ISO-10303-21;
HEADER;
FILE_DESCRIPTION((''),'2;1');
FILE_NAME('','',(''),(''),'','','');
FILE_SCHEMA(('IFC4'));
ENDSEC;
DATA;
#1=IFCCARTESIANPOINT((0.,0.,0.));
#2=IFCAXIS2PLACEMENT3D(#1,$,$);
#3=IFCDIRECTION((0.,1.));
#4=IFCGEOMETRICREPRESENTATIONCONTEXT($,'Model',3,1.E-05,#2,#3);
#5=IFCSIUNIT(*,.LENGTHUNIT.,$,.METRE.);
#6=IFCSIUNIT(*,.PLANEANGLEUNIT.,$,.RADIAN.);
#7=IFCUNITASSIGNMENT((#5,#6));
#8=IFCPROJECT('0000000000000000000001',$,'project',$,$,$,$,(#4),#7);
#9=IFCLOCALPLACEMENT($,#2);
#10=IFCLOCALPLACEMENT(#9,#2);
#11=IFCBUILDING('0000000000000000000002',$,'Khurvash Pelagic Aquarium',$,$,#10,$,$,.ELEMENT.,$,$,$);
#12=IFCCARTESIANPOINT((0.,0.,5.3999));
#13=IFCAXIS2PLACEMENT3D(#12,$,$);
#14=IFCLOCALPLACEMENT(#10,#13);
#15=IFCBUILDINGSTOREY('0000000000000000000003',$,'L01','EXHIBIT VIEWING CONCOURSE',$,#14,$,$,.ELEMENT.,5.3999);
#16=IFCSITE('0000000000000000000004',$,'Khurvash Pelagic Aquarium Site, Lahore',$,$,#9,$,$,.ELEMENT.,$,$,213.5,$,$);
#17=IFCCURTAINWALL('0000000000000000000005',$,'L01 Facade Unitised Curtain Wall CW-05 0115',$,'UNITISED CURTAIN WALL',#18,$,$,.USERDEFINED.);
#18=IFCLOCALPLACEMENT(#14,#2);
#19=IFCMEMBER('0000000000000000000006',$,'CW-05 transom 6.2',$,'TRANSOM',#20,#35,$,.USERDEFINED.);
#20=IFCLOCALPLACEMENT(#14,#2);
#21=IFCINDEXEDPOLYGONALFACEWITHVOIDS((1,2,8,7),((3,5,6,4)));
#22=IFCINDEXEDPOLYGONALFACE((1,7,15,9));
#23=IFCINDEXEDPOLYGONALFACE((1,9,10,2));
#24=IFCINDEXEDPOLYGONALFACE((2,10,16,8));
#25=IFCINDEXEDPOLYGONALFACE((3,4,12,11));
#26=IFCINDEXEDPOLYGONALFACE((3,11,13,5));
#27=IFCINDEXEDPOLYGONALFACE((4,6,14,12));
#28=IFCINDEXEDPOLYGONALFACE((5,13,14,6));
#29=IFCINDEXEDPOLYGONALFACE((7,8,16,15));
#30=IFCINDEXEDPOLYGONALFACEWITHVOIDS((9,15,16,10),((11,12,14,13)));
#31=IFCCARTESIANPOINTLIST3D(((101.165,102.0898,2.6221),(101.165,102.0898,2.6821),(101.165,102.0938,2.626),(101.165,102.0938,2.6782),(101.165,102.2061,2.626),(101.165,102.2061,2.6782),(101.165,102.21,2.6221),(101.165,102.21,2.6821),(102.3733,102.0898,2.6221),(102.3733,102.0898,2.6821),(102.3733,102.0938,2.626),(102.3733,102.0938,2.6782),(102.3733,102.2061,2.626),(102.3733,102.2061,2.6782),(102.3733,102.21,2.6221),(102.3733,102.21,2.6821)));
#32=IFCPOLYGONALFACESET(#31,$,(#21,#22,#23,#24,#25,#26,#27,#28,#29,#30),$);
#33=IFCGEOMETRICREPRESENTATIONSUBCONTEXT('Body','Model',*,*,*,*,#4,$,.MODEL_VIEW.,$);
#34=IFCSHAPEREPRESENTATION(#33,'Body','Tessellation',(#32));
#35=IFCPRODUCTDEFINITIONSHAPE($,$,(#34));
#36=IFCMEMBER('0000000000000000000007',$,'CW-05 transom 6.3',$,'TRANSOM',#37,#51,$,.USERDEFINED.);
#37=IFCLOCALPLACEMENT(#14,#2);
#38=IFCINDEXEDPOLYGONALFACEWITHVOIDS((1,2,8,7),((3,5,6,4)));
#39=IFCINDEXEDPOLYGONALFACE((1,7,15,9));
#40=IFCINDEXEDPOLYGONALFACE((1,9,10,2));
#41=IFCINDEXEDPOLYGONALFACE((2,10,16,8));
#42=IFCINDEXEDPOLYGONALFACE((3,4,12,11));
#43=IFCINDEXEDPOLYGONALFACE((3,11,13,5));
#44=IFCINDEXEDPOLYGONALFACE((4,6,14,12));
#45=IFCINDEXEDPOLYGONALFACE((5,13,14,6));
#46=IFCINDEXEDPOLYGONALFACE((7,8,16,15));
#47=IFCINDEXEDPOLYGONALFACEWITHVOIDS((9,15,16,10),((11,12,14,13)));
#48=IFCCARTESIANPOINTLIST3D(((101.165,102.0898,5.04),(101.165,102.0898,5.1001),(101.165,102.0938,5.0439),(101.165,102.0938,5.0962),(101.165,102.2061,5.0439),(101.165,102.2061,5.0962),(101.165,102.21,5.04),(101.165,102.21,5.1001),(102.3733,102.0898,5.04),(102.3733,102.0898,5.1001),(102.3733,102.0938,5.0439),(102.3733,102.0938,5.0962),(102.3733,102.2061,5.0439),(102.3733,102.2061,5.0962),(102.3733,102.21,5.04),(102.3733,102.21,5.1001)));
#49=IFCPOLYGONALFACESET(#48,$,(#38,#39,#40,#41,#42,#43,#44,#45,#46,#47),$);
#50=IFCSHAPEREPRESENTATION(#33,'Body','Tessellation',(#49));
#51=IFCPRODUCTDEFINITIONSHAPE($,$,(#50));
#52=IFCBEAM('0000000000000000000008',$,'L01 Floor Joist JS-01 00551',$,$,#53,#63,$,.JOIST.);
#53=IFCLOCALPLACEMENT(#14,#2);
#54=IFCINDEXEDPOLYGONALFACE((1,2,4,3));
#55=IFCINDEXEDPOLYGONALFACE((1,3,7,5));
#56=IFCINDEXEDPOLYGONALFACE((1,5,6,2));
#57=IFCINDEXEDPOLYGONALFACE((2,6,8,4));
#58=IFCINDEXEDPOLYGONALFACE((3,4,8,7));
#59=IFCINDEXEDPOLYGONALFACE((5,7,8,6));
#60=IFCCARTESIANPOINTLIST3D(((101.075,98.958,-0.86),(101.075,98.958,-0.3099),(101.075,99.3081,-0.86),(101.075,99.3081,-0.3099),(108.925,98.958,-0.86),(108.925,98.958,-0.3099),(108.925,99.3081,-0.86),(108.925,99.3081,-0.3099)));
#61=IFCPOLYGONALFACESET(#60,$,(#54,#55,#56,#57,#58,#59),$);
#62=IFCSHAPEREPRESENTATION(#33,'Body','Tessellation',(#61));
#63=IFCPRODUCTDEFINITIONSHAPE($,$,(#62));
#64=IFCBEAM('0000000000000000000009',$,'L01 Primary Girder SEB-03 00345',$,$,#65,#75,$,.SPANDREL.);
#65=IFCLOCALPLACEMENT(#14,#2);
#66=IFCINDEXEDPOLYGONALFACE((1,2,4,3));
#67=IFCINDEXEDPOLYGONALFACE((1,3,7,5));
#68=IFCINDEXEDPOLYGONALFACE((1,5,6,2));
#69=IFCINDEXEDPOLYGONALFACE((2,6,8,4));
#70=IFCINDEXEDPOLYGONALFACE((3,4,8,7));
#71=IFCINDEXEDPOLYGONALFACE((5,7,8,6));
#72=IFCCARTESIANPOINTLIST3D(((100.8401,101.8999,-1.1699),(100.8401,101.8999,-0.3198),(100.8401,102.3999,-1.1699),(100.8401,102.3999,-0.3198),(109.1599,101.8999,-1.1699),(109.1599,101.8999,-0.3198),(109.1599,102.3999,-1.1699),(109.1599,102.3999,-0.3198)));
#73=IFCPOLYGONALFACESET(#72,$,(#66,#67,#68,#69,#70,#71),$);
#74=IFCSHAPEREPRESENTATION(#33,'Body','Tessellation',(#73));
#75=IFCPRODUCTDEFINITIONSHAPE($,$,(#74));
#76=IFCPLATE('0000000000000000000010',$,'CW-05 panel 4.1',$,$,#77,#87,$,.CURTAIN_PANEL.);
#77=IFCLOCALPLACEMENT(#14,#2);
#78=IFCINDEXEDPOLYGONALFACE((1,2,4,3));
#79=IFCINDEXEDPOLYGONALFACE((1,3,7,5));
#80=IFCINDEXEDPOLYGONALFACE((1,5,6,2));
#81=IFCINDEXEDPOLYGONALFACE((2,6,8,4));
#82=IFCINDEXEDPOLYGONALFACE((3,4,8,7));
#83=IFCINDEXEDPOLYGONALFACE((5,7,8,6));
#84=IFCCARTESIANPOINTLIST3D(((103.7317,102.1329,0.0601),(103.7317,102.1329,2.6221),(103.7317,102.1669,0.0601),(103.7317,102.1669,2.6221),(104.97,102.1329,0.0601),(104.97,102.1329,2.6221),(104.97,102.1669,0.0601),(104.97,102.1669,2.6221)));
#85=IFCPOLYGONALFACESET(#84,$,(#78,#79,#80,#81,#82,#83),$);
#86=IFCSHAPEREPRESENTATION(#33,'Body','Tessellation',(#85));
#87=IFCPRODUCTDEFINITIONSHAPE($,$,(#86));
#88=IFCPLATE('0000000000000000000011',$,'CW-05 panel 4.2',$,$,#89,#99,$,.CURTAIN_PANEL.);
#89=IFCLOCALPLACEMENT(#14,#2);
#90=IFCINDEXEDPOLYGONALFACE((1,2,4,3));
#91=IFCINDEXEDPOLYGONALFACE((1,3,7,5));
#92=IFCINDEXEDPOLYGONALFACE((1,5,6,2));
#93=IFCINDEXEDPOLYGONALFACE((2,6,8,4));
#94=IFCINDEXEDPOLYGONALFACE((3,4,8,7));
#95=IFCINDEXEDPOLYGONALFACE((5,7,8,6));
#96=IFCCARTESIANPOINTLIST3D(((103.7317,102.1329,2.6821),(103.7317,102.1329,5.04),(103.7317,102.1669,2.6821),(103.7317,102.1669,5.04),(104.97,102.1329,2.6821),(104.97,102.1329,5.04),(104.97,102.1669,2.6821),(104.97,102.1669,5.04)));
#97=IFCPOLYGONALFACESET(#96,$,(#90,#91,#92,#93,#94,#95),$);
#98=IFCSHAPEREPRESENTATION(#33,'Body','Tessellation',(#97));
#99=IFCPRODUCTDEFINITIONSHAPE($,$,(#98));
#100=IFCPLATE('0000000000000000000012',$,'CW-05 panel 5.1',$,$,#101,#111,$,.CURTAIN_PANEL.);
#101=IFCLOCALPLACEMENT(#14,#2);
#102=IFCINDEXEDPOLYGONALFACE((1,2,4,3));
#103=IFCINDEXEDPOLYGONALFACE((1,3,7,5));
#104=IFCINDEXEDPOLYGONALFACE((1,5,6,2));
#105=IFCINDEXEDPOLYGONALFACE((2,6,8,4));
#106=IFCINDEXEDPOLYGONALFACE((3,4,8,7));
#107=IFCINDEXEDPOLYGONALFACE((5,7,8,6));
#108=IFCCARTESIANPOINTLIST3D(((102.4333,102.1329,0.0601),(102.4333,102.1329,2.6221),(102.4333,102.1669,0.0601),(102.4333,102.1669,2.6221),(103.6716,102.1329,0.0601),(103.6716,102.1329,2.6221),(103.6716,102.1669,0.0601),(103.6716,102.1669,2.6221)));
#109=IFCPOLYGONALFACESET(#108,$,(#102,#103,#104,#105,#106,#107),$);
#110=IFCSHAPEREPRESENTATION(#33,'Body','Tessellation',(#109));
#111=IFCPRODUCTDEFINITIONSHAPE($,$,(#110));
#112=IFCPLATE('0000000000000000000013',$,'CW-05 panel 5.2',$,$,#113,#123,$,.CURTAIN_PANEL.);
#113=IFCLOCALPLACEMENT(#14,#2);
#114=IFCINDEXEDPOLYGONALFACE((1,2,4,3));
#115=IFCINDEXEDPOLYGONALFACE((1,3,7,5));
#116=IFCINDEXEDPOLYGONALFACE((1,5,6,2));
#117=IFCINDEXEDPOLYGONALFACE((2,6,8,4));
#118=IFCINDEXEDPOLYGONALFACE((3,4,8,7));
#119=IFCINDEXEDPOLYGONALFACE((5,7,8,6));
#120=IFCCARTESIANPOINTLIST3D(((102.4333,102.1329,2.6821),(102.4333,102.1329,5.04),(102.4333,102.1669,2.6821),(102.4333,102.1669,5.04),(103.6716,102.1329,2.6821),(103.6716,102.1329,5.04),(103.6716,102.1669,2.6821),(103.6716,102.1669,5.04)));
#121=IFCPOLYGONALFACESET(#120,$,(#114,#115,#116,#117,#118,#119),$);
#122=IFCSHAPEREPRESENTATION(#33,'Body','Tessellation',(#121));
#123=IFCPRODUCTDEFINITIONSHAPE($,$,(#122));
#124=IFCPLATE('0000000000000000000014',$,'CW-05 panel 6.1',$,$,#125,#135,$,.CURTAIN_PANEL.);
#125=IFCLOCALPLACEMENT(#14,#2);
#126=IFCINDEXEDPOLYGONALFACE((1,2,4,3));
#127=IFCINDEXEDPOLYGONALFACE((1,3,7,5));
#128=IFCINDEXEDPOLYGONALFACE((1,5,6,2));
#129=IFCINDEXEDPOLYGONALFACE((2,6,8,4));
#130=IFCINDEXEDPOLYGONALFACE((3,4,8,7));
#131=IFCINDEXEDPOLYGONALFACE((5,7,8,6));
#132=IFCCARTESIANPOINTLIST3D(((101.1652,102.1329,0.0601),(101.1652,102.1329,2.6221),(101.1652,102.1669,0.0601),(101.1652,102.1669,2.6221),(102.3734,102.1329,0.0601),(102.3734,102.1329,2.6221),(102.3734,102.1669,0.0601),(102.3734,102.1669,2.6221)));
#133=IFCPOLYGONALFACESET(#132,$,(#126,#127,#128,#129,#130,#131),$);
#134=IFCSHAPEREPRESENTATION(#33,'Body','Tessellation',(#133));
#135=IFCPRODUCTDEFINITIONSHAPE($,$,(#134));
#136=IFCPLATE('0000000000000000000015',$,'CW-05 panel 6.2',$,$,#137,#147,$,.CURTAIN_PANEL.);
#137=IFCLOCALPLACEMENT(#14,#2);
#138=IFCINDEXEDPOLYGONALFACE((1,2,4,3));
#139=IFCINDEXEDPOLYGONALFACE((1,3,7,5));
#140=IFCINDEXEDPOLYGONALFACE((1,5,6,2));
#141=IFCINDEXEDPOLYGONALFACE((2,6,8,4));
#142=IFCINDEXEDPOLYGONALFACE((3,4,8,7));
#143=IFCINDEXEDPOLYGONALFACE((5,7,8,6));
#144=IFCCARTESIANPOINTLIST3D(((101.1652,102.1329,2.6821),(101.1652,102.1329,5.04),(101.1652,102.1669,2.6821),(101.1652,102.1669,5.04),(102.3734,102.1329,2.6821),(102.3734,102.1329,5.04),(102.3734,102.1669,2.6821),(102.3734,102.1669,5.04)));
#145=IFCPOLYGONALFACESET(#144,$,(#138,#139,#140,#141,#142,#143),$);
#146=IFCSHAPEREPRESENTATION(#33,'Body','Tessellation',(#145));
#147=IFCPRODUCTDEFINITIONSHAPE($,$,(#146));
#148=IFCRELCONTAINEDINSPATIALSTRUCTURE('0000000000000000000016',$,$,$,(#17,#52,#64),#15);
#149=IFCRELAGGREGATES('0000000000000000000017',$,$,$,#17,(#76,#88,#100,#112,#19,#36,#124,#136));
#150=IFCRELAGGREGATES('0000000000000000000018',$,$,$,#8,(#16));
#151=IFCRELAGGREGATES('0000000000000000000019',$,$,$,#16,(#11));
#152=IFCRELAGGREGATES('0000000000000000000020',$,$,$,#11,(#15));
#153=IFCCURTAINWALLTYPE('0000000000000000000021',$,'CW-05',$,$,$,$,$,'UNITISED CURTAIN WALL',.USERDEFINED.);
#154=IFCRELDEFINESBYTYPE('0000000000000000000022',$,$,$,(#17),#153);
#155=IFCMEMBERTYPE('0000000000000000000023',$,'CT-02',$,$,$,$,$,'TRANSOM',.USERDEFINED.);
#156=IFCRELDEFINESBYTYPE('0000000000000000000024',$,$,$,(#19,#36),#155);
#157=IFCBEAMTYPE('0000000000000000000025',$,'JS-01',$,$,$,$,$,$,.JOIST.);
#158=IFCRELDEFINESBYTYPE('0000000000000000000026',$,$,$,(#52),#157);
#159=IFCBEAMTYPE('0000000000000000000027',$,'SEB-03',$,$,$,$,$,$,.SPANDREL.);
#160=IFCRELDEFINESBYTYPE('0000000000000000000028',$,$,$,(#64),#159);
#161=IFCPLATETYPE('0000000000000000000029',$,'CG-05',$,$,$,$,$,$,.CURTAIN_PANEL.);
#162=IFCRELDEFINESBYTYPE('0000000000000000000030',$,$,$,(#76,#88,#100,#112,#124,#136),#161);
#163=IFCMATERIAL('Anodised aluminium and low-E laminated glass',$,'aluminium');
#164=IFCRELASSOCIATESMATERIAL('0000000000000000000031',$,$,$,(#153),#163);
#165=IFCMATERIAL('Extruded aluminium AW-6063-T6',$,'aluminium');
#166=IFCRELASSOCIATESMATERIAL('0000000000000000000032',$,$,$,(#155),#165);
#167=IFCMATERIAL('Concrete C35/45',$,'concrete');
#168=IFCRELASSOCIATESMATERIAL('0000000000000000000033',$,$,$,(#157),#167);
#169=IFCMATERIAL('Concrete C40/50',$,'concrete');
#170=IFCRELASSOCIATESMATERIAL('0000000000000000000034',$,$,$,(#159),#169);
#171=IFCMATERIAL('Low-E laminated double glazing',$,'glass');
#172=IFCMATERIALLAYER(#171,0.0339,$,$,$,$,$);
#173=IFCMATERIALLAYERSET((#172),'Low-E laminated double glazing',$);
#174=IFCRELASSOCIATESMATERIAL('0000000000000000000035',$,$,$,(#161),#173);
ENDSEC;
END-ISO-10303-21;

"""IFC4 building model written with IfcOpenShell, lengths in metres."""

from ifc_helpers import new_model, si_unit, direction, frame, origin, origin_2d, place, context, subcontext, project, spatial, rectangle, hollow_rectangle, extrude, material, layer, layer_set, material_profile, profile_set, type_object, element, aggregate, save


model = new_model("IFC4")

# Units and contexts
model_context = context("Model", 3, precision=1e-05, world=origin(), true_north=direction((0.0, 1.0)))
body_context = subcontext(model_context, "Body", "Model", "MODEL_VIEW")
ifc_project = project(units=[si_unit("LENGTHUNIT", "METRE"), si_unit("PLANEANGLEUNIT", "RADIAN")], contexts=[model_context])

# Site, building, storey
site_placement = place(None, origin())
site = spatial("IfcSite", under=ifc_project, at=site_placement, Name="Khurvash Pelagic Aquarium Site, Lahore", CompositionType="ELEMENT", RefElevation=213.5)
building_placement = place(site_placement, origin())
building = spatial("IfcBuilding", under=site, at=building_placement, Name="Khurvash Pelagic Aquarium", CompositionType="ELEMENT")
storey_placement = place(building_placement, frame((0.0, 0.0, 5.3999)))
storey = spatial("IfcBuildingStorey", under=building, at=storey_placement, Name="L01", Description="EXHIBIT VIEWING CONCOURSE", CompositionType="ELEMENT", Elevation=5.3999)

# Shared definitions
ifc_material_1 = material(Name="Concrete C40/50", Category="concrete")

# Curtain wall, members
ifc_material_2 = material(Name="Anodised aluminium and low-E laminated glass", Category="aluminium")
curtain_wall_type = type_object("IfcCurtainWallType", Name="CW-05", ElementType="UNITISED CURTAIN WALL", PredefinedType="USERDEFINED", material=ifc_material_2)
curtain_wall_placement = place(storey_placement, origin())
curtain_wall = element("IfcCurtainWall", 1, at=curtain_wall_placement, inside=storey, type_object=curtain_wall_type, Name="L01 Facade Unitised Curtain Wall CW-05 0115", ObjectType="UNITISED CURTAIN WALL", PredefinedType="USERDEFINED")
ifc_material_3 = material(Name="Extruded aluminium AW-6063-T6", Category="aluminium")
ifc_material_profile_1 = material_profile(ifc_material_3, hollow_rectangle(XDim=0.1201, YDim=0.0601, WallThickness=0.0039, at=origin_2d()), Name="CWT120X60X4")
ifc_profile_set_1 = profile_set([ifc_material_profile_1], Name="Extruded aluminium AW-6063-T6")
member_type_1 = type_object("IfcMemberType", Name="CT-02", ElementType="TRANSOM", PredefinedType="USERDEFINED", material=ifc_profile_set_1)
member_1_placement = place(storey_placement, frame((102.3733, 102.1499, 2.6521), z_axis=(-1.0, 0.0, 0.0), x_axis=(0.0, -1.0, 0.0)))
member_1 = element("IfcMember", 2, at=member_1_placement, type_object=member_type_1, Name="CW-05 transom 6.2", ObjectType="TRANSOM", PredefinedType="USERDEFINED", context=body_context, shape_type="SweptSolid", body=[
    extrude(hollow_rectangle(XDim=0.1201, YDim=0.0601, WallThickness=0.0039, at=origin_2d()), origin(), (0.0, 0.0, 1.0), 1.2083),
])
member_2_placement = place(storey_placement, frame((102.3733, 102.1499, 5.0701), z_axis=(-1.0, 0.0, 0.0), x_axis=(0.0, -1.0, 0.0)))
member_2 = element("IfcMember", 3, at=member_2_placement, type_object=member_type_1, Name="CW-05 transom 6.3", ObjectType="TRANSOM", PredefinedType="USERDEFINED", context=body_context, shape_type="SweptSolid", body=[
    extrude(hollow_rectangle(XDim=0.1201, YDim=0.0601, WallThickness=0.0039, at=origin_2d()), origin(), (0.0, 0.0, 1.0), 1.2083),
])

# Beams
ifc_material_4 = material(Name="Concrete C35/45", Category="concrete")
ifc_material_profile_2 = material_profile(ifc_material_4, rectangle(XDim=0.3501, YDim=0.55, at=origin_2d()), Name="RC350X550")
ifc_profile_set_2 = profile_set([ifc_material_profile_2], Name="Concrete C35/45")
beam_type_1 = type_object("IfcBeamType", Name="JS-01", PredefinedType="JOIST", material=ifc_profile_set_2)
beam_1_placement = place(storey_placement, frame((101.075, 99.1331, -0.585), z_axis=(1.0, 0.0, 0.0), x_axis=(0.0, 1.0, 0.0)))
element("IfcBeam", 4, at=beam_1_placement, inside=storey, type_object=beam_type_1, Name="L01 Floor Joist JS-01 00551", PredefinedType="JOIST", context=body_context, shape_type="SweptSolid", body=[
    extrude(rectangle(XDim=0.3501, YDim=0.55, at=origin_2d()), origin(), (0.0, 0.0, 1.0), 7.8501),
])
ifc_material_profile_3 = material_profile(ifc_material_1, rectangle(XDim=0.5, YDim=0.8501, at=origin_2d()), Name="RC500X850")
ifc_profile_set_3 = profile_set([ifc_material_profile_3], Name="Concrete C40/50")
beam_type_2 = type_object("IfcBeamType", Name="SEB-03", PredefinedType="SPANDREL", material=ifc_profile_set_3)
beam_2_placement = place(storey_placement, frame((100.8401, 102.1499, -0.7449), z_axis=(1.0, 0.0, 0.0), x_axis=(0.0, 1.0, 0.0)))
element("IfcBeam", 5, at=beam_2_placement, inside=storey, type_object=beam_type_2, Name="L01 Primary Girder SEB-03 00345", PredefinedType="SPANDREL", context=body_context, shape_type="SweptSolid", body=[
    extrude(rectangle(XDim=0.5, YDim=0.8501, at=origin_2d()), origin(), (0.0, 0.0, 1.0), 8.3198),
])

# Plates
ifc_material_5 = material(Name="Low-E laminated double glazing", Category="glass")
ifc_layer = layer(ifc_material_5, 0.0339)
ifc_layer_set = layer_set([ifc_layer], Name="Low-E laminated double glazing")
plate_type = type_object("IfcPlateType", Name="CG-05", PredefinedType="CURTAIN_PANEL", material=ifc_layer_set)
plate_1_placement = place(storey_placement, frame((104.3508, 102.1499, 0.0601), z_axis=(0.0, 0.0, 1.0), x_axis=(-1.0, 0.0, 0.0)))
plate_1 = element("IfcPlate", 6, at=plate_1_placement, type_object=plate_type, Name="CW-05 panel 4.1", PredefinedType="CURTAIN_PANEL", context=body_context, shape_type="SweptSolid", body=[
    extrude(rectangle(XDim=1.2383, YDim=0.0339, at=origin_2d()), origin(), (0.0, 0.0, 1.0), 2.562),
])
plate_2_placement = place(storey_placement, frame((104.3508, 102.1499, 2.6821), z_axis=(0.0, 0.0, 1.0), x_axis=(-1.0, 0.0, 0.0)))
plate_2 = element("IfcPlate", 7, at=plate_2_placement, type_object=plate_type, Name="CW-05 panel 4.2", PredefinedType="CURTAIN_PANEL", context=body_context, shape_type="SweptSolid", body=[
    extrude(rectangle(XDim=1.2383, YDim=0.0339, at=origin_2d()), origin(), (0.0, 0.0, 1.0), 2.3579),
])
plate_3_placement = place(storey_placement, frame((103.0525, 102.1499, 0.0601), z_axis=(0.0, 0.0, 1.0), x_axis=(-1.0, 0.0, 0.0)))
plate_3 = element("IfcPlate", 8, at=plate_3_placement, type_object=plate_type, Name="CW-05 panel 5.1", PredefinedType="CURTAIN_PANEL", context=body_context, shape_type="SweptSolid", body=[
    extrude(rectangle(XDim=1.2383, YDim=0.0339, at=origin_2d()), origin(), (0.0, 0.0, 1.0), 2.562),
])
plate_4_placement = place(storey_placement, frame((103.0525, 102.1499, 2.6821), z_axis=(0.0, 0.0, 1.0), x_axis=(-1.0, 0.0, 0.0)))
plate_4 = element("IfcPlate", 9, at=plate_4_placement, type_object=plate_type, Name="CW-05 panel 5.2", PredefinedType="CURTAIN_PANEL", context=body_context, shape_type="SweptSolid", body=[
    extrude(rectangle(XDim=1.2383, YDim=0.0339, at=origin_2d()), origin(), (0.0, 0.0, 1.0), 2.3579),
])
plate_5_placement = place(storey_placement, frame((101.7693, 102.1499, 0.0601), z_axis=(0.0, 0.0, 1.0), x_axis=(-1.0, 0.0, 0.0)))
plate_5 = element("IfcPlate", 10, at=plate_5_placement, type_object=plate_type, Name="CW-05 panel 6.1", PredefinedType="CURTAIN_PANEL", context=body_context, shape_type="SweptSolid", body=[
    extrude(rectangle(XDim=1.2083, YDim=0.0339, at=origin_2d()), origin(), (0.0, 0.0, 1.0), 2.562),
])
plate_6_placement = place(storey_placement, frame((101.7693, 102.1499, 2.6821), z_axis=(0.0, 0.0, 1.0), x_axis=(-1.0, 0.0, 0.0)))
plate_6 = element("IfcPlate", 11, at=plate_6_placement, type_object=plate_type, Name="CW-05 panel 6.2", PredefinedType="CURTAIN_PANEL", context=body_context, shape_type="SweptSolid", body=[
    extrude(rectangle(XDim=1.2083, YDim=0.0339, at=origin_2d()), origin(), (0.0, 0.0, 1.0), 2.3579),
])
aggregate(curtain_wall, [plate_1, plate_2, plate_3, plate_4, member_1, member_2, plate_5, plate_6])

save(model, "model.ifc")
